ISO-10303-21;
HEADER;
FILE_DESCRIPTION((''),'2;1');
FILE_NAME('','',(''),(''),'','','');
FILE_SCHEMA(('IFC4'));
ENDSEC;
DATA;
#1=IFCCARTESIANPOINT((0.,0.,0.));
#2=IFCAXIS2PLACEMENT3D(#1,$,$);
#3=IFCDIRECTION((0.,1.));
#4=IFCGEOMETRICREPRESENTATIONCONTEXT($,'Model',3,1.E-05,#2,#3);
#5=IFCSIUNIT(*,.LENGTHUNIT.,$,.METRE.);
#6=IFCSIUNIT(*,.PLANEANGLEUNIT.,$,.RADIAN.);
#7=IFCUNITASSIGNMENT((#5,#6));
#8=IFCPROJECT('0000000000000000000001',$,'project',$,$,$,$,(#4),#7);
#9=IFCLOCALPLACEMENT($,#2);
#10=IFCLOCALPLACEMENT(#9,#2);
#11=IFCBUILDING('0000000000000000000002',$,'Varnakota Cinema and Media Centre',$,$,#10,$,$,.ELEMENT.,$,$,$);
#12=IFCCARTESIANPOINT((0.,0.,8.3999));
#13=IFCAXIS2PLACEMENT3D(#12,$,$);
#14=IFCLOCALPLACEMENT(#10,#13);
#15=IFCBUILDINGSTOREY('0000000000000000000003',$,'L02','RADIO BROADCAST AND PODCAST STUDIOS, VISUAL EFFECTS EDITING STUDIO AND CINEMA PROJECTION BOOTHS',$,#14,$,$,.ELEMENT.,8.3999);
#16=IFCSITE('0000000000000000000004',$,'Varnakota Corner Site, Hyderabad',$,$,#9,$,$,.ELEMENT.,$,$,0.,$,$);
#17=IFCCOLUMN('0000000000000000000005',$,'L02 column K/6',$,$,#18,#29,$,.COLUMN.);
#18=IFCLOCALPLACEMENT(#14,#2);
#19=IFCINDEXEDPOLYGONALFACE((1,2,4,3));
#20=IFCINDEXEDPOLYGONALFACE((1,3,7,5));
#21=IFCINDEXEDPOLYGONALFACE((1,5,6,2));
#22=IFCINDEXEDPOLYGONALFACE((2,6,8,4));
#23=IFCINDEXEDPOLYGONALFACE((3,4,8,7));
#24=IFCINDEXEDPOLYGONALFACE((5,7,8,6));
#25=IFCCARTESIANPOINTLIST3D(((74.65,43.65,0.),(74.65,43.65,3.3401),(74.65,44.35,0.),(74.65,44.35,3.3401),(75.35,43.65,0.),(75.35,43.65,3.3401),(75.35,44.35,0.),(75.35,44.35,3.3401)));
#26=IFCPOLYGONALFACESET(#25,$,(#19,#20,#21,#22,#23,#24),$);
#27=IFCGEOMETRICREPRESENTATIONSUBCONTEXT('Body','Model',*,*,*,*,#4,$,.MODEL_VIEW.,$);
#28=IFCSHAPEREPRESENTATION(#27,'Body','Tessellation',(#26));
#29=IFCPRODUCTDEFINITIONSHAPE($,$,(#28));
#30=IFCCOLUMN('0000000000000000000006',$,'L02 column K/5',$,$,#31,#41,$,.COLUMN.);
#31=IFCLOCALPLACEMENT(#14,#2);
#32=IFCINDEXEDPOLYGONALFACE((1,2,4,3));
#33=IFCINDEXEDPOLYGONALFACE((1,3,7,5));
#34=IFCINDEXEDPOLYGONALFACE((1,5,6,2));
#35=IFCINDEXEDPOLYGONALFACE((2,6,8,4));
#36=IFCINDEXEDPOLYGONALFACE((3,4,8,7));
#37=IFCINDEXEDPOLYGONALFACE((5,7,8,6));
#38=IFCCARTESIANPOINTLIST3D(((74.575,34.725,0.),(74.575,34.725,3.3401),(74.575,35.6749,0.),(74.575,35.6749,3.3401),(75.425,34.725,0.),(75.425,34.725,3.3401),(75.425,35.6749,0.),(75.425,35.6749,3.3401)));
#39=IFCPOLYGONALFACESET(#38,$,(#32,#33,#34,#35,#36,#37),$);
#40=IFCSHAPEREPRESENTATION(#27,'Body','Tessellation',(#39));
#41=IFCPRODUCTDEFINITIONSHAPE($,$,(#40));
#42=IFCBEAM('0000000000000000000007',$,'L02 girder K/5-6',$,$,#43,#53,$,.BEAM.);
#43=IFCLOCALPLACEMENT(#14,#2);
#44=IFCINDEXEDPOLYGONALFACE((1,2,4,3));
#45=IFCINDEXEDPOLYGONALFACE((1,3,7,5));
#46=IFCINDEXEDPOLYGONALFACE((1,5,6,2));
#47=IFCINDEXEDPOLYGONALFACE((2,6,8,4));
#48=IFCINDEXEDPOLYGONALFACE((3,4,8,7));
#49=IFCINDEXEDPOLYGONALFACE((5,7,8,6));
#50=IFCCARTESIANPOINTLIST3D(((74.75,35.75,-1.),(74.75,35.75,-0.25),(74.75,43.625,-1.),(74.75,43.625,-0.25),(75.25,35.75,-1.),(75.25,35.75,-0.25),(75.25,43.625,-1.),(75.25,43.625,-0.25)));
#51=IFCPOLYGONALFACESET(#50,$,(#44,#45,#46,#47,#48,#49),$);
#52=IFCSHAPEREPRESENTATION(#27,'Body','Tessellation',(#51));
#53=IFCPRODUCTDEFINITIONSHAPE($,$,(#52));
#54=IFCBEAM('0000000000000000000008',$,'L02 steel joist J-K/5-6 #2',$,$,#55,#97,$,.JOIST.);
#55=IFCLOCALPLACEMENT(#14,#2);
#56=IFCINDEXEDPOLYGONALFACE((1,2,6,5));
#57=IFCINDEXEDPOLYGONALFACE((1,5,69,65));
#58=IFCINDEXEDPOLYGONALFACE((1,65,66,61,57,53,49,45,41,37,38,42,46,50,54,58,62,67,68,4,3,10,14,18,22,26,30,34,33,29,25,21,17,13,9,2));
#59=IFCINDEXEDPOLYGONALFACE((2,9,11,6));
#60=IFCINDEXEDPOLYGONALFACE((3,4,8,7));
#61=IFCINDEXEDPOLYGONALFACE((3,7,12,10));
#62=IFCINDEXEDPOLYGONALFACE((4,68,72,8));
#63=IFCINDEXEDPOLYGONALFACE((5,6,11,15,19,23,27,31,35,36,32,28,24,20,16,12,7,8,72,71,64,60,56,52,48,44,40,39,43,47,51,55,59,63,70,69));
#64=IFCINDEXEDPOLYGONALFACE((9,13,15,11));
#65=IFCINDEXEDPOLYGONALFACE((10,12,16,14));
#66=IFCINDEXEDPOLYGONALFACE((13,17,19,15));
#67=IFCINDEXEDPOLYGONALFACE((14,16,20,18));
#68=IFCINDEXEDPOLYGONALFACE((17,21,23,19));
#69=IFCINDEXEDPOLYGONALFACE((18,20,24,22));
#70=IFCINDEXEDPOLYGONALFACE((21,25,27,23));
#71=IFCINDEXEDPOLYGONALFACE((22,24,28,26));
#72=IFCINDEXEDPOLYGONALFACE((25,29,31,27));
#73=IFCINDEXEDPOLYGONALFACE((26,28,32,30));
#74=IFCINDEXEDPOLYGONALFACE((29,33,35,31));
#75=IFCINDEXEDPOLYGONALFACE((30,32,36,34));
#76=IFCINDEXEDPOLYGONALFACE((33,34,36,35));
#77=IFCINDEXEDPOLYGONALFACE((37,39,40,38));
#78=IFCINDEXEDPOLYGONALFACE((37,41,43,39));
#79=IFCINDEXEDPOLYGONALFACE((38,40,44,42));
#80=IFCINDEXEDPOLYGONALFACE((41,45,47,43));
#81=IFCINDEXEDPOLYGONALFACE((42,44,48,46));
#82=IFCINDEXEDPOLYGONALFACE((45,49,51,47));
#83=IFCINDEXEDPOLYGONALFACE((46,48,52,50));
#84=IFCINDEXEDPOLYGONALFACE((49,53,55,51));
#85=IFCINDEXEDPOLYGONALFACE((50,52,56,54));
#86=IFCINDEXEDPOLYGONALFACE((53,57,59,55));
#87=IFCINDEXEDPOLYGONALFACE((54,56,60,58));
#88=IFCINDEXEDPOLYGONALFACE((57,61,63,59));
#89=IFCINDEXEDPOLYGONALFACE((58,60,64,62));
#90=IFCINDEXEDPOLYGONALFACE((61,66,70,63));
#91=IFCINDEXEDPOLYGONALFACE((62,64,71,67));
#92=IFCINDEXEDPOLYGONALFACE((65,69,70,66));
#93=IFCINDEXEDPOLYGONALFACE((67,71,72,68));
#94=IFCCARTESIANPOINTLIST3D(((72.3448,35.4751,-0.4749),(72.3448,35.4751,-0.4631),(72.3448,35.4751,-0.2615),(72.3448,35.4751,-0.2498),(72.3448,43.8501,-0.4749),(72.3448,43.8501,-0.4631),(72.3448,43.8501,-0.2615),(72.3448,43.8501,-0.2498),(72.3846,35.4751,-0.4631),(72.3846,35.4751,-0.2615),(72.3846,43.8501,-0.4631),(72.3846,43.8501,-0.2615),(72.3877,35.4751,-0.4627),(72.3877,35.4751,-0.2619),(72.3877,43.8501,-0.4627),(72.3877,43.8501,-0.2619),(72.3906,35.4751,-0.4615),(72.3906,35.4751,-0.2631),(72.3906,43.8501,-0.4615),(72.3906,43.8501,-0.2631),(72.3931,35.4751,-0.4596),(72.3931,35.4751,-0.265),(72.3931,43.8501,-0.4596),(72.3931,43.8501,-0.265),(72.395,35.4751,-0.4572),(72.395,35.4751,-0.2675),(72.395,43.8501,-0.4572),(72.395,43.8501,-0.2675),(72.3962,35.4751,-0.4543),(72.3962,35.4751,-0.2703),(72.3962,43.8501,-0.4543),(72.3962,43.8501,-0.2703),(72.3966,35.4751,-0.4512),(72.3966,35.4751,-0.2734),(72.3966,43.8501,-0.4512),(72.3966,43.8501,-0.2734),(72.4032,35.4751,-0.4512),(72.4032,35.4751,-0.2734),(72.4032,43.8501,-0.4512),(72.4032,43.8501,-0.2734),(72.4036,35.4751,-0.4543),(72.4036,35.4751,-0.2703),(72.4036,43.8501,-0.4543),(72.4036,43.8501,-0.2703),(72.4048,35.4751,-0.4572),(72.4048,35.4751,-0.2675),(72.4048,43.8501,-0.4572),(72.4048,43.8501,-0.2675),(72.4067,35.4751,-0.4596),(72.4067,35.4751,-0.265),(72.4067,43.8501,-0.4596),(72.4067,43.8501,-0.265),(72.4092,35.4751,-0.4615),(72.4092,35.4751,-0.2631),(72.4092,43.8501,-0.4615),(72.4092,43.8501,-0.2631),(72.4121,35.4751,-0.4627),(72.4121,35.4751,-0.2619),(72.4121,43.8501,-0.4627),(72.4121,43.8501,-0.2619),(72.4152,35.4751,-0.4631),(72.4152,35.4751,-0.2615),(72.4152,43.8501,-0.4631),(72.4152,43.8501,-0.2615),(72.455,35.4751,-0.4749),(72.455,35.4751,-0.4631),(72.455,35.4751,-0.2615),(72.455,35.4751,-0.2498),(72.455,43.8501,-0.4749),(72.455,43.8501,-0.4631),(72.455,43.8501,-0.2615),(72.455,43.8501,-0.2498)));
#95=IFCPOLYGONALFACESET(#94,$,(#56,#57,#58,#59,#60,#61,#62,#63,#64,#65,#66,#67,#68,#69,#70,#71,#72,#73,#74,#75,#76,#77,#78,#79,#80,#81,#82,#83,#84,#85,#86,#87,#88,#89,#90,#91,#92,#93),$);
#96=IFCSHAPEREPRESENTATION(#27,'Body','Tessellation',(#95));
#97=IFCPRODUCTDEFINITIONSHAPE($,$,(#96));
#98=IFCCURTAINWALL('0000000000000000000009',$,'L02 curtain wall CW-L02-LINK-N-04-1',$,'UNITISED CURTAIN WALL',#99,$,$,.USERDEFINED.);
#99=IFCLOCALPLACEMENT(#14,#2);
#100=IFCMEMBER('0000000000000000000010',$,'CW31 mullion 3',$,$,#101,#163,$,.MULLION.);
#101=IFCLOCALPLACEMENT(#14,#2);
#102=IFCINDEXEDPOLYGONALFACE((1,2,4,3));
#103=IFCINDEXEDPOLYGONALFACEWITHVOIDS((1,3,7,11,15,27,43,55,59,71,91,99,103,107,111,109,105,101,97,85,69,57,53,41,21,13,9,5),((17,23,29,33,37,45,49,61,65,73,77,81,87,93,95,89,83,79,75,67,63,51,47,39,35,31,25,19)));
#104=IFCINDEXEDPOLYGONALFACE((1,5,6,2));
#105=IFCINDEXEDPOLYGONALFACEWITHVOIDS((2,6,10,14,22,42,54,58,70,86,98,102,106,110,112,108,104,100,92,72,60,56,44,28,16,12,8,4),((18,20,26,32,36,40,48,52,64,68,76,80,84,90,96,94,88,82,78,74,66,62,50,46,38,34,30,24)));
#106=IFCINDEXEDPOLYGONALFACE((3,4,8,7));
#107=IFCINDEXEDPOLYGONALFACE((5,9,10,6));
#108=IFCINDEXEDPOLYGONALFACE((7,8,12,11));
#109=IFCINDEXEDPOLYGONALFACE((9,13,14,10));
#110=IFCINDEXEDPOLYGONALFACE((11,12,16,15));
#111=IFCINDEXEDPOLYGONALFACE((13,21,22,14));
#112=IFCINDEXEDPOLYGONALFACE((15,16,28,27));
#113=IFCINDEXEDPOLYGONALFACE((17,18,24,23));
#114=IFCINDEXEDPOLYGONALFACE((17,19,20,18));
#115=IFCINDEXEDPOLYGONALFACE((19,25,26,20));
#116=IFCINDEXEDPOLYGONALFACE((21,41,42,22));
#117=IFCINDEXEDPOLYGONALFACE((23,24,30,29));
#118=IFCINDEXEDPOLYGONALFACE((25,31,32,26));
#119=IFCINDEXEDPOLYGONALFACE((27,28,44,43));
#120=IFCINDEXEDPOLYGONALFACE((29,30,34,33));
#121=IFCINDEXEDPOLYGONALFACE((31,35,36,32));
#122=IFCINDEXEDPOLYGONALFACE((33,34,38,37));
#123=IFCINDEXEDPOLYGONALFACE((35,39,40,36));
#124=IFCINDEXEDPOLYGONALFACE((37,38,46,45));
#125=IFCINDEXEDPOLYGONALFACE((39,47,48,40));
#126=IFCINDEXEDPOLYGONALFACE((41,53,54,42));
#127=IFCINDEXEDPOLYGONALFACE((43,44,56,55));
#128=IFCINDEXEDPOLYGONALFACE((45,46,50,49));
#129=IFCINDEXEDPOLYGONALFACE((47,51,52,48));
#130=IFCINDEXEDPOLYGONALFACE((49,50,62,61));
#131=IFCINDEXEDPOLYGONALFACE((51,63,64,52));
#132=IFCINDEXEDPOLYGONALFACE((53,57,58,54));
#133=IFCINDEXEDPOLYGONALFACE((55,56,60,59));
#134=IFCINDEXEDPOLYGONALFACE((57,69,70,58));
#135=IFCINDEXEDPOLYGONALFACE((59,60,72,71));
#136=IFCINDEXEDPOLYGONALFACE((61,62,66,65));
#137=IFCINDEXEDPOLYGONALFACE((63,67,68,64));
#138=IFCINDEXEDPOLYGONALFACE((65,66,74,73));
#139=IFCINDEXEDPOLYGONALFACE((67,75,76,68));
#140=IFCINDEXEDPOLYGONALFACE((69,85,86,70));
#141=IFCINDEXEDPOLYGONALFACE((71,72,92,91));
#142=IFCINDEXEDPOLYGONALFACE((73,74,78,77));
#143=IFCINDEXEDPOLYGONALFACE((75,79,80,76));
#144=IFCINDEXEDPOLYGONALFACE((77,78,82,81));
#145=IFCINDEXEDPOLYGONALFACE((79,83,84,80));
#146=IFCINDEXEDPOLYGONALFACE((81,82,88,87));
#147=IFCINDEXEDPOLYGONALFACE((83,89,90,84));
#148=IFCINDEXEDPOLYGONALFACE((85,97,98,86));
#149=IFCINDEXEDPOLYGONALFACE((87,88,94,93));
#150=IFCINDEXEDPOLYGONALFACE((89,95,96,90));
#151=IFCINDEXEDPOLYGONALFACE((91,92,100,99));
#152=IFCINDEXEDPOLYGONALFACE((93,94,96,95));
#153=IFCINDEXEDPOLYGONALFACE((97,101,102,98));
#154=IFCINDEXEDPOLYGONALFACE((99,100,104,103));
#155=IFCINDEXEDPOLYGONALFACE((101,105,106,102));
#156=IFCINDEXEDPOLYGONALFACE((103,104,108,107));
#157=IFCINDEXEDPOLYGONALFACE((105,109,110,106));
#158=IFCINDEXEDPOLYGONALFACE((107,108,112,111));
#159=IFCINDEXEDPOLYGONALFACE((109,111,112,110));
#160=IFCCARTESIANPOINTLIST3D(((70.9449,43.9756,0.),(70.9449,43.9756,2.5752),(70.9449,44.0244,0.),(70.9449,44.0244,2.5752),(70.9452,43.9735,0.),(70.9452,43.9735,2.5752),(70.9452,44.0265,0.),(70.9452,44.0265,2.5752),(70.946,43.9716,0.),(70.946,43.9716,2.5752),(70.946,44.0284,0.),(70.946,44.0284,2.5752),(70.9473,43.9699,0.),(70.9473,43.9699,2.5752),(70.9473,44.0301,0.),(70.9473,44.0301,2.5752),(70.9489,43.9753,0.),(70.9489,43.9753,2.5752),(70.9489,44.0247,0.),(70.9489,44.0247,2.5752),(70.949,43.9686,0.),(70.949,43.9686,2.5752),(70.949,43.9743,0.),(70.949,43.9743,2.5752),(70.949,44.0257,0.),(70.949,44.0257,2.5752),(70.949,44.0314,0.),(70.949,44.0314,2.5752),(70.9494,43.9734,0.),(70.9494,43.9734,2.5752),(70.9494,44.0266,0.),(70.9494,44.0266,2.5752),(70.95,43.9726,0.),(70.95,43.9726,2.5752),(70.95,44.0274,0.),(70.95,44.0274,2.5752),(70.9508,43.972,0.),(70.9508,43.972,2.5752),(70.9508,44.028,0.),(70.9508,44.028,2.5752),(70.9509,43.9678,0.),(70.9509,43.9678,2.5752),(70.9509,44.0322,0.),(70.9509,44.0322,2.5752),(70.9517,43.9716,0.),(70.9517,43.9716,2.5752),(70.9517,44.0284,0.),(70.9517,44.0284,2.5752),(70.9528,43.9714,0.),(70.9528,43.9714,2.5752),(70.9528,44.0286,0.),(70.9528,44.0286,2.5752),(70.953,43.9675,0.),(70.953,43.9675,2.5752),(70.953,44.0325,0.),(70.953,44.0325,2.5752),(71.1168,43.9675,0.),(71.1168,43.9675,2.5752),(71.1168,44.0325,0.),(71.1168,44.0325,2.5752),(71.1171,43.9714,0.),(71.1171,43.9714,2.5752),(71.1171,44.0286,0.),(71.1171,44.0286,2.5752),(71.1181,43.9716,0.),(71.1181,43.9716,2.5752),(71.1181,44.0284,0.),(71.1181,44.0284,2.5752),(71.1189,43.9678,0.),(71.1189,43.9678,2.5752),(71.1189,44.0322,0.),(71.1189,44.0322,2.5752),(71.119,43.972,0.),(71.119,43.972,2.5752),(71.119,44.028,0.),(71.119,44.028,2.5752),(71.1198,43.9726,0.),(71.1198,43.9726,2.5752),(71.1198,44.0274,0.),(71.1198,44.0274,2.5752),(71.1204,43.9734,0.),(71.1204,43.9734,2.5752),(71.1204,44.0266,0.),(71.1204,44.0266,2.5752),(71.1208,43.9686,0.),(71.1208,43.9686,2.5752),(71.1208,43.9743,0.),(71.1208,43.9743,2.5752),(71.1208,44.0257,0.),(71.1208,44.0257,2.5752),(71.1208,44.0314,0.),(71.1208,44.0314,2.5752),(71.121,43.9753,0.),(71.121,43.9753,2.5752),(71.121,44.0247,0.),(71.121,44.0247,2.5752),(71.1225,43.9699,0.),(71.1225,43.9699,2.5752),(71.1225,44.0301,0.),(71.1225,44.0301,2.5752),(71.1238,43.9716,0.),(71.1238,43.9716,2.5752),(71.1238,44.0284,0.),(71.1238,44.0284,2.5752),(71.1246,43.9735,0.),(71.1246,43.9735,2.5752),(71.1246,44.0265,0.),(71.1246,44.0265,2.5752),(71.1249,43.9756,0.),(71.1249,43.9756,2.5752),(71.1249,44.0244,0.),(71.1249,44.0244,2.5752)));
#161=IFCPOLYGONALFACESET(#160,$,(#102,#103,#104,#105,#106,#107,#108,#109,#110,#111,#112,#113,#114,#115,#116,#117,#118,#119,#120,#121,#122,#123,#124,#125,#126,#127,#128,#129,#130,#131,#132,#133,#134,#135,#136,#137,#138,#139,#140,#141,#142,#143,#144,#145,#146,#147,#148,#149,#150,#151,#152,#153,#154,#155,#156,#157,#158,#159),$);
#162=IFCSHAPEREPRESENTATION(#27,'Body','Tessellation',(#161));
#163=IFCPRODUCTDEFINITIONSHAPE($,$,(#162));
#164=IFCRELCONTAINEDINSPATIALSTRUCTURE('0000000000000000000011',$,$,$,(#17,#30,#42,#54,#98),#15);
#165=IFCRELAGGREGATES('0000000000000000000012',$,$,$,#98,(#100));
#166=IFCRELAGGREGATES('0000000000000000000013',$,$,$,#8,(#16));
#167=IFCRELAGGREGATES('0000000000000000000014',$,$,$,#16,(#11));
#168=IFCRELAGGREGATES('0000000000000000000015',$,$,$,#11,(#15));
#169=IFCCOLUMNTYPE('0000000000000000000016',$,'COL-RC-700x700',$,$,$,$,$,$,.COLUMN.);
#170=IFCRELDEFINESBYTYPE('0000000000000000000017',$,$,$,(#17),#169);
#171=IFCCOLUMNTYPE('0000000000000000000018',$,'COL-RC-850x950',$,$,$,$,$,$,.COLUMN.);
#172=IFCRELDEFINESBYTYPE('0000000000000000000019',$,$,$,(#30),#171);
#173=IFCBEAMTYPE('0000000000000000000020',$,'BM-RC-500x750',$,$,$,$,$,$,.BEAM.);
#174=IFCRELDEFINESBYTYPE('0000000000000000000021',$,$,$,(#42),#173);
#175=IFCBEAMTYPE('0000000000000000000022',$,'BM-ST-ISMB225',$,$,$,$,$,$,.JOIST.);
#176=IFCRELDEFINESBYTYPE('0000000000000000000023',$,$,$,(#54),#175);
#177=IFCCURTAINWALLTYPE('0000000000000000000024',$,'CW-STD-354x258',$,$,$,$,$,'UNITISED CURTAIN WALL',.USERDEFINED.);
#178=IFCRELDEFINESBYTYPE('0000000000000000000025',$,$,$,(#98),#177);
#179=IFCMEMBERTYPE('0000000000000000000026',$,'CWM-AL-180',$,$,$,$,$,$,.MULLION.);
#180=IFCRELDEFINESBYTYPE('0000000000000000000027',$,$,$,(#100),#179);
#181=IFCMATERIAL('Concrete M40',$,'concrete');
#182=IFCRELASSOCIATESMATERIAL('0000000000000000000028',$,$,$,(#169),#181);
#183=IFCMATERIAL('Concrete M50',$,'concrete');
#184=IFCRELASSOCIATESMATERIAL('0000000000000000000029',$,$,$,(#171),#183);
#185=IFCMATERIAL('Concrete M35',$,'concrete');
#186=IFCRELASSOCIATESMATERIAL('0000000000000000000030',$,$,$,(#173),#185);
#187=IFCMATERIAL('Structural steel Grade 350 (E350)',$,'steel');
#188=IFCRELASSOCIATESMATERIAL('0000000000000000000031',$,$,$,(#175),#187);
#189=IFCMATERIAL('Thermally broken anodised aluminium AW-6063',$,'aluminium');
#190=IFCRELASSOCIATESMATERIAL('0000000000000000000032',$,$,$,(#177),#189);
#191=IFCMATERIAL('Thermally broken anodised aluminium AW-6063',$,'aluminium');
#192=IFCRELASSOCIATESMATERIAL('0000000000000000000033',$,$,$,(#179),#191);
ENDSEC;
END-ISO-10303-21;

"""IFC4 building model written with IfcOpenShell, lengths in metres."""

from ifc_helpers import new_model, si_unit, direction, frame, origin, origin_2d, place, context, subcontext, project, spatial, rectangle, hollow_rectangle, i_section, extrude, material, material_profile, profile_set, type_object, element, aggregate, save


model = new_model("IFC4")

# Units and contexts
model_context = context("Model", 3, precision=1e-05, world=origin(), true_north=direction((0.0, 1.0)))
body_context = subcontext(model_context, "Body", "Model", "MODEL_VIEW")
ifc_project = project(units=[si_unit("LENGTHUNIT", "METRE"), si_unit("PLANEANGLEUNIT", "RADIAN")], contexts=[model_context])

# Site, building, storey
site_placement = place(None, origin())
site = spatial("IfcSite", under=ifc_project, at=site_placement, Name="Varnakota Corner Site, Hyderabad", CompositionType="ELEMENT", RefElevation=0.0)
building_placement = place(site_placement, origin())
building = spatial("IfcBuilding", under=site, at=building_placement, Name="Varnakota Cinema and Media Centre", CompositionType="ELEMENT")
storey_placement = place(building_placement, frame((0.0, 0.0, 8.3999)))
storey = spatial("IfcBuildingStorey", under=building, at=storey_placement, Name="L02", Description="RADIO BROADCAST AND PODCAST STUDIOS, VISUAL EFFECTS EDITING STUDIO AND CINEMA PROJECTION BOOTHS", CompositionType="ELEMENT", Elevation=8.3999)

# Columns
ifc_material_1 = material(Name="Concrete M40", Category="concrete")
ifc_material_profile_1 = material_profile(ifc_material_1, rectangle(XDim=0.7, YDim=0.7, at=origin_2d()), Name="RC 700x700")
ifc_profile_set_1 = profile_set([ifc_material_profile_1], Name="Concrete M40")
column_type_1 = type_object("IfcColumnType", Name="COL-RC-700x700", PredefinedType="COLUMN", material=ifc_profile_set_1)
column_1_placement = place(storey_placement, frame((75.0, 44.0, 0.0), z_axis=(0.0, 0.0, 1.0), x_axis=(1.0, 0.0, 0.0)))
element("IfcColumn", 1, at=column_1_placement, inside=storey, type_object=column_type_1, Name="L02 column K/6", PredefinedType="COLUMN", context=body_context, shape_type="SweptSolid", body=[
    extrude(rectangle(XDim=0.7, YDim=0.7, at=origin_2d()), origin(), (0.0, 0.0, 1.0), 3.3401),
])
ifc_material_2 = material(Name="Concrete M50", Category="concrete")
ifc_material_profile_2 = material_profile(ifc_material_2, rectangle(XDim=0.8501, YDim=0.95, at=origin_2d()), Name="RC 850x950")
ifc_profile_set_2 = profile_set([ifc_material_profile_2], Name="Concrete M50")
column_type_2 = type_object("IfcColumnType", Name="COL-RC-850x950", PredefinedType="COLUMN", material=ifc_profile_set_2)
column_2_placement = place(storey_placement, frame((75.0, 35.2, 0.0), z_axis=(0.0, 0.0, 1.0), x_axis=(1.0, 0.0, 0.0)))
element("IfcColumn", 2, at=column_2_placement, inside=storey, type_object=column_type_2, Name="L02 column K/5", PredefinedType="COLUMN", context=body_context, shape_type="SweptSolid", body=[
    extrude(rectangle(XDim=0.8501, YDim=0.95, at=origin_2d()), origin(), (0.0, 0.0, 1.0), 3.3401),
])

# Beams
ifc_material_3 = material(Name="Concrete M35", Category="concrete")
ifc_material_profile_3 = material_profile(ifc_material_3, rectangle(XDim=0.5, YDim=0.75, at=origin_2d()), Name="RCB 500x750")
ifc_profile_set_3 = profile_set([ifc_material_profile_3], Name="Concrete M35")
beam_type_1 = type_object("IfcBeamType", Name="BM-RC-500x750", PredefinedType="BEAM", material=ifc_profile_set_3)
beam_1_placement = place(storey_placement, frame((75.0, 35.75, -0.625), z_axis=(0.0, 1.0, 0.0), x_axis=(-1.0, 0.0, 0.0)))
element("IfcBeam", 3, at=beam_1_placement, inside=storey, type_object=beam_type_1, Name="L02 girder K/5-6", PredefinedType="BEAM", context=body_context, shape_type="SweptSolid", body=[
    extrude(rectangle(XDim=0.5, YDim=0.75, at=origin_2d()), origin(), (0.0, 0.0, 1.0), 7.875),
])
ifc_material_4 = material(Name="Structural steel Grade 350 (E350)", Category="steel")
ifc_material_profile_4 = material_profile(ifc_material_4, i_section(OverallWidth=0.1101, OverallDepth=0.2251, WebThickness=0.0066, FlangeThickness=0.0117, FilletRadius=0.012, at=origin_2d()), Name="ISMB 225")
ifc_profile_set_4 = profile_set([ifc_material_profile_4], Name="Structural steel Grade 350 (E350)")
beam_type_2 = type_object("IfcBeamType", Name="BM-ST-ISMB225", PredefinedType="JOIST", material=ifc_profile_set_4)
beam_2_placement = place(storey_placement, frame((72.3999, 35.4751, -0.3623), z_axis=(0.0, 1.0, 0.0), x_axis=(-1.0, 0.0, 0.0)))
element("IfcBeam", 4, at=beam_2_placement, inside=storey, type_object=beam_type_2, Name="L02 steel joist J-K/5-6 #2", PredefinedType="JOIST", context=body_context, shape_type="SweptSolid", body=[
    extrude(i_section(OverallWidth=0.1101, OverallDepth=0.2251, WebThickness=0.0066, FlangeThickness=0.0117, FilletRadius=0.012, at=origin_2d()), origin(), (0.0, 0.0, 1.0), 8.375),
])

# Curtain wall, member
ifc_material_5 = material(Name="Thermally broken anodised aluminium AW-6063", Category="aluminium")
curtain_wall_type_1 = type_object("IfcCurtainWallType", Name="CW-STD-354x258", ElementType="UNITISED CURTAIN WALL", PredefinedType="USERDEFINED", material=ifc_material_5)
curtain_wall_1_placement = place(storey_placement, origin())
curtain_wall_1 = element("IfcCurtainWall", 5, at=curtain_wall_1_placement, inside=storey, type_object=curtain_wall_type_1, Name="L02 curtain wall CW-L02-LINK-N-04-1", ObjectType="UNITISED CURTAIN WALL", PredefinedType="USERDEFINED")
ifc_material_6 = material(Name="Thermally broken anodised aluminium AW-6063", Category="aluminium")
ifc_material_profile_5 = material_profile(ifc_material_6, hollow_rectangle(XDim=0.0649, YDim=0.1799, WallThickness=0.0039, InnerFilletRadius=0.0039, OuterFilletRadius=0.0081, at=origin_2d()), Name="AL-MULLION 180x65x4")
ifc_profile_set_5 = profile_set([ifc_material_profile_5], Name="Thermally broken anodised aluminium AW-6063")
member_type_1 = type_object("IfcMemberType", Name="CWM-AL-180", PredefinedType="MULLION", material=ifc_profile_set_5)
member_1_placement = place(storey_placement, frame((71.0349, 44.0, 0.0), z_axis=(0.0, 0.0, 1.0), x_axis=(0.0, 1.0, 0.0)))
member_1 = element("IfcMember", 6, at=member_1_placement, type_object=member_type_1, Name="CW31 mullion 3", PredefinedType="MULLION", context=body_context, shape_type="SweptSolid", body=[
    extrude(hollow_rectangle(XDim=0.0649, YDim=0.1799, WallThickness=0.0039, InnerFilletRadius=0.0039, OuterFilletRadius=0.0081, at=origin_2d()), origin(), (0.0, 0.0, 1.0), 2.5752),
])

aggregate(curtain_wall_1, [member_1])

save(model, "model.ifc")
